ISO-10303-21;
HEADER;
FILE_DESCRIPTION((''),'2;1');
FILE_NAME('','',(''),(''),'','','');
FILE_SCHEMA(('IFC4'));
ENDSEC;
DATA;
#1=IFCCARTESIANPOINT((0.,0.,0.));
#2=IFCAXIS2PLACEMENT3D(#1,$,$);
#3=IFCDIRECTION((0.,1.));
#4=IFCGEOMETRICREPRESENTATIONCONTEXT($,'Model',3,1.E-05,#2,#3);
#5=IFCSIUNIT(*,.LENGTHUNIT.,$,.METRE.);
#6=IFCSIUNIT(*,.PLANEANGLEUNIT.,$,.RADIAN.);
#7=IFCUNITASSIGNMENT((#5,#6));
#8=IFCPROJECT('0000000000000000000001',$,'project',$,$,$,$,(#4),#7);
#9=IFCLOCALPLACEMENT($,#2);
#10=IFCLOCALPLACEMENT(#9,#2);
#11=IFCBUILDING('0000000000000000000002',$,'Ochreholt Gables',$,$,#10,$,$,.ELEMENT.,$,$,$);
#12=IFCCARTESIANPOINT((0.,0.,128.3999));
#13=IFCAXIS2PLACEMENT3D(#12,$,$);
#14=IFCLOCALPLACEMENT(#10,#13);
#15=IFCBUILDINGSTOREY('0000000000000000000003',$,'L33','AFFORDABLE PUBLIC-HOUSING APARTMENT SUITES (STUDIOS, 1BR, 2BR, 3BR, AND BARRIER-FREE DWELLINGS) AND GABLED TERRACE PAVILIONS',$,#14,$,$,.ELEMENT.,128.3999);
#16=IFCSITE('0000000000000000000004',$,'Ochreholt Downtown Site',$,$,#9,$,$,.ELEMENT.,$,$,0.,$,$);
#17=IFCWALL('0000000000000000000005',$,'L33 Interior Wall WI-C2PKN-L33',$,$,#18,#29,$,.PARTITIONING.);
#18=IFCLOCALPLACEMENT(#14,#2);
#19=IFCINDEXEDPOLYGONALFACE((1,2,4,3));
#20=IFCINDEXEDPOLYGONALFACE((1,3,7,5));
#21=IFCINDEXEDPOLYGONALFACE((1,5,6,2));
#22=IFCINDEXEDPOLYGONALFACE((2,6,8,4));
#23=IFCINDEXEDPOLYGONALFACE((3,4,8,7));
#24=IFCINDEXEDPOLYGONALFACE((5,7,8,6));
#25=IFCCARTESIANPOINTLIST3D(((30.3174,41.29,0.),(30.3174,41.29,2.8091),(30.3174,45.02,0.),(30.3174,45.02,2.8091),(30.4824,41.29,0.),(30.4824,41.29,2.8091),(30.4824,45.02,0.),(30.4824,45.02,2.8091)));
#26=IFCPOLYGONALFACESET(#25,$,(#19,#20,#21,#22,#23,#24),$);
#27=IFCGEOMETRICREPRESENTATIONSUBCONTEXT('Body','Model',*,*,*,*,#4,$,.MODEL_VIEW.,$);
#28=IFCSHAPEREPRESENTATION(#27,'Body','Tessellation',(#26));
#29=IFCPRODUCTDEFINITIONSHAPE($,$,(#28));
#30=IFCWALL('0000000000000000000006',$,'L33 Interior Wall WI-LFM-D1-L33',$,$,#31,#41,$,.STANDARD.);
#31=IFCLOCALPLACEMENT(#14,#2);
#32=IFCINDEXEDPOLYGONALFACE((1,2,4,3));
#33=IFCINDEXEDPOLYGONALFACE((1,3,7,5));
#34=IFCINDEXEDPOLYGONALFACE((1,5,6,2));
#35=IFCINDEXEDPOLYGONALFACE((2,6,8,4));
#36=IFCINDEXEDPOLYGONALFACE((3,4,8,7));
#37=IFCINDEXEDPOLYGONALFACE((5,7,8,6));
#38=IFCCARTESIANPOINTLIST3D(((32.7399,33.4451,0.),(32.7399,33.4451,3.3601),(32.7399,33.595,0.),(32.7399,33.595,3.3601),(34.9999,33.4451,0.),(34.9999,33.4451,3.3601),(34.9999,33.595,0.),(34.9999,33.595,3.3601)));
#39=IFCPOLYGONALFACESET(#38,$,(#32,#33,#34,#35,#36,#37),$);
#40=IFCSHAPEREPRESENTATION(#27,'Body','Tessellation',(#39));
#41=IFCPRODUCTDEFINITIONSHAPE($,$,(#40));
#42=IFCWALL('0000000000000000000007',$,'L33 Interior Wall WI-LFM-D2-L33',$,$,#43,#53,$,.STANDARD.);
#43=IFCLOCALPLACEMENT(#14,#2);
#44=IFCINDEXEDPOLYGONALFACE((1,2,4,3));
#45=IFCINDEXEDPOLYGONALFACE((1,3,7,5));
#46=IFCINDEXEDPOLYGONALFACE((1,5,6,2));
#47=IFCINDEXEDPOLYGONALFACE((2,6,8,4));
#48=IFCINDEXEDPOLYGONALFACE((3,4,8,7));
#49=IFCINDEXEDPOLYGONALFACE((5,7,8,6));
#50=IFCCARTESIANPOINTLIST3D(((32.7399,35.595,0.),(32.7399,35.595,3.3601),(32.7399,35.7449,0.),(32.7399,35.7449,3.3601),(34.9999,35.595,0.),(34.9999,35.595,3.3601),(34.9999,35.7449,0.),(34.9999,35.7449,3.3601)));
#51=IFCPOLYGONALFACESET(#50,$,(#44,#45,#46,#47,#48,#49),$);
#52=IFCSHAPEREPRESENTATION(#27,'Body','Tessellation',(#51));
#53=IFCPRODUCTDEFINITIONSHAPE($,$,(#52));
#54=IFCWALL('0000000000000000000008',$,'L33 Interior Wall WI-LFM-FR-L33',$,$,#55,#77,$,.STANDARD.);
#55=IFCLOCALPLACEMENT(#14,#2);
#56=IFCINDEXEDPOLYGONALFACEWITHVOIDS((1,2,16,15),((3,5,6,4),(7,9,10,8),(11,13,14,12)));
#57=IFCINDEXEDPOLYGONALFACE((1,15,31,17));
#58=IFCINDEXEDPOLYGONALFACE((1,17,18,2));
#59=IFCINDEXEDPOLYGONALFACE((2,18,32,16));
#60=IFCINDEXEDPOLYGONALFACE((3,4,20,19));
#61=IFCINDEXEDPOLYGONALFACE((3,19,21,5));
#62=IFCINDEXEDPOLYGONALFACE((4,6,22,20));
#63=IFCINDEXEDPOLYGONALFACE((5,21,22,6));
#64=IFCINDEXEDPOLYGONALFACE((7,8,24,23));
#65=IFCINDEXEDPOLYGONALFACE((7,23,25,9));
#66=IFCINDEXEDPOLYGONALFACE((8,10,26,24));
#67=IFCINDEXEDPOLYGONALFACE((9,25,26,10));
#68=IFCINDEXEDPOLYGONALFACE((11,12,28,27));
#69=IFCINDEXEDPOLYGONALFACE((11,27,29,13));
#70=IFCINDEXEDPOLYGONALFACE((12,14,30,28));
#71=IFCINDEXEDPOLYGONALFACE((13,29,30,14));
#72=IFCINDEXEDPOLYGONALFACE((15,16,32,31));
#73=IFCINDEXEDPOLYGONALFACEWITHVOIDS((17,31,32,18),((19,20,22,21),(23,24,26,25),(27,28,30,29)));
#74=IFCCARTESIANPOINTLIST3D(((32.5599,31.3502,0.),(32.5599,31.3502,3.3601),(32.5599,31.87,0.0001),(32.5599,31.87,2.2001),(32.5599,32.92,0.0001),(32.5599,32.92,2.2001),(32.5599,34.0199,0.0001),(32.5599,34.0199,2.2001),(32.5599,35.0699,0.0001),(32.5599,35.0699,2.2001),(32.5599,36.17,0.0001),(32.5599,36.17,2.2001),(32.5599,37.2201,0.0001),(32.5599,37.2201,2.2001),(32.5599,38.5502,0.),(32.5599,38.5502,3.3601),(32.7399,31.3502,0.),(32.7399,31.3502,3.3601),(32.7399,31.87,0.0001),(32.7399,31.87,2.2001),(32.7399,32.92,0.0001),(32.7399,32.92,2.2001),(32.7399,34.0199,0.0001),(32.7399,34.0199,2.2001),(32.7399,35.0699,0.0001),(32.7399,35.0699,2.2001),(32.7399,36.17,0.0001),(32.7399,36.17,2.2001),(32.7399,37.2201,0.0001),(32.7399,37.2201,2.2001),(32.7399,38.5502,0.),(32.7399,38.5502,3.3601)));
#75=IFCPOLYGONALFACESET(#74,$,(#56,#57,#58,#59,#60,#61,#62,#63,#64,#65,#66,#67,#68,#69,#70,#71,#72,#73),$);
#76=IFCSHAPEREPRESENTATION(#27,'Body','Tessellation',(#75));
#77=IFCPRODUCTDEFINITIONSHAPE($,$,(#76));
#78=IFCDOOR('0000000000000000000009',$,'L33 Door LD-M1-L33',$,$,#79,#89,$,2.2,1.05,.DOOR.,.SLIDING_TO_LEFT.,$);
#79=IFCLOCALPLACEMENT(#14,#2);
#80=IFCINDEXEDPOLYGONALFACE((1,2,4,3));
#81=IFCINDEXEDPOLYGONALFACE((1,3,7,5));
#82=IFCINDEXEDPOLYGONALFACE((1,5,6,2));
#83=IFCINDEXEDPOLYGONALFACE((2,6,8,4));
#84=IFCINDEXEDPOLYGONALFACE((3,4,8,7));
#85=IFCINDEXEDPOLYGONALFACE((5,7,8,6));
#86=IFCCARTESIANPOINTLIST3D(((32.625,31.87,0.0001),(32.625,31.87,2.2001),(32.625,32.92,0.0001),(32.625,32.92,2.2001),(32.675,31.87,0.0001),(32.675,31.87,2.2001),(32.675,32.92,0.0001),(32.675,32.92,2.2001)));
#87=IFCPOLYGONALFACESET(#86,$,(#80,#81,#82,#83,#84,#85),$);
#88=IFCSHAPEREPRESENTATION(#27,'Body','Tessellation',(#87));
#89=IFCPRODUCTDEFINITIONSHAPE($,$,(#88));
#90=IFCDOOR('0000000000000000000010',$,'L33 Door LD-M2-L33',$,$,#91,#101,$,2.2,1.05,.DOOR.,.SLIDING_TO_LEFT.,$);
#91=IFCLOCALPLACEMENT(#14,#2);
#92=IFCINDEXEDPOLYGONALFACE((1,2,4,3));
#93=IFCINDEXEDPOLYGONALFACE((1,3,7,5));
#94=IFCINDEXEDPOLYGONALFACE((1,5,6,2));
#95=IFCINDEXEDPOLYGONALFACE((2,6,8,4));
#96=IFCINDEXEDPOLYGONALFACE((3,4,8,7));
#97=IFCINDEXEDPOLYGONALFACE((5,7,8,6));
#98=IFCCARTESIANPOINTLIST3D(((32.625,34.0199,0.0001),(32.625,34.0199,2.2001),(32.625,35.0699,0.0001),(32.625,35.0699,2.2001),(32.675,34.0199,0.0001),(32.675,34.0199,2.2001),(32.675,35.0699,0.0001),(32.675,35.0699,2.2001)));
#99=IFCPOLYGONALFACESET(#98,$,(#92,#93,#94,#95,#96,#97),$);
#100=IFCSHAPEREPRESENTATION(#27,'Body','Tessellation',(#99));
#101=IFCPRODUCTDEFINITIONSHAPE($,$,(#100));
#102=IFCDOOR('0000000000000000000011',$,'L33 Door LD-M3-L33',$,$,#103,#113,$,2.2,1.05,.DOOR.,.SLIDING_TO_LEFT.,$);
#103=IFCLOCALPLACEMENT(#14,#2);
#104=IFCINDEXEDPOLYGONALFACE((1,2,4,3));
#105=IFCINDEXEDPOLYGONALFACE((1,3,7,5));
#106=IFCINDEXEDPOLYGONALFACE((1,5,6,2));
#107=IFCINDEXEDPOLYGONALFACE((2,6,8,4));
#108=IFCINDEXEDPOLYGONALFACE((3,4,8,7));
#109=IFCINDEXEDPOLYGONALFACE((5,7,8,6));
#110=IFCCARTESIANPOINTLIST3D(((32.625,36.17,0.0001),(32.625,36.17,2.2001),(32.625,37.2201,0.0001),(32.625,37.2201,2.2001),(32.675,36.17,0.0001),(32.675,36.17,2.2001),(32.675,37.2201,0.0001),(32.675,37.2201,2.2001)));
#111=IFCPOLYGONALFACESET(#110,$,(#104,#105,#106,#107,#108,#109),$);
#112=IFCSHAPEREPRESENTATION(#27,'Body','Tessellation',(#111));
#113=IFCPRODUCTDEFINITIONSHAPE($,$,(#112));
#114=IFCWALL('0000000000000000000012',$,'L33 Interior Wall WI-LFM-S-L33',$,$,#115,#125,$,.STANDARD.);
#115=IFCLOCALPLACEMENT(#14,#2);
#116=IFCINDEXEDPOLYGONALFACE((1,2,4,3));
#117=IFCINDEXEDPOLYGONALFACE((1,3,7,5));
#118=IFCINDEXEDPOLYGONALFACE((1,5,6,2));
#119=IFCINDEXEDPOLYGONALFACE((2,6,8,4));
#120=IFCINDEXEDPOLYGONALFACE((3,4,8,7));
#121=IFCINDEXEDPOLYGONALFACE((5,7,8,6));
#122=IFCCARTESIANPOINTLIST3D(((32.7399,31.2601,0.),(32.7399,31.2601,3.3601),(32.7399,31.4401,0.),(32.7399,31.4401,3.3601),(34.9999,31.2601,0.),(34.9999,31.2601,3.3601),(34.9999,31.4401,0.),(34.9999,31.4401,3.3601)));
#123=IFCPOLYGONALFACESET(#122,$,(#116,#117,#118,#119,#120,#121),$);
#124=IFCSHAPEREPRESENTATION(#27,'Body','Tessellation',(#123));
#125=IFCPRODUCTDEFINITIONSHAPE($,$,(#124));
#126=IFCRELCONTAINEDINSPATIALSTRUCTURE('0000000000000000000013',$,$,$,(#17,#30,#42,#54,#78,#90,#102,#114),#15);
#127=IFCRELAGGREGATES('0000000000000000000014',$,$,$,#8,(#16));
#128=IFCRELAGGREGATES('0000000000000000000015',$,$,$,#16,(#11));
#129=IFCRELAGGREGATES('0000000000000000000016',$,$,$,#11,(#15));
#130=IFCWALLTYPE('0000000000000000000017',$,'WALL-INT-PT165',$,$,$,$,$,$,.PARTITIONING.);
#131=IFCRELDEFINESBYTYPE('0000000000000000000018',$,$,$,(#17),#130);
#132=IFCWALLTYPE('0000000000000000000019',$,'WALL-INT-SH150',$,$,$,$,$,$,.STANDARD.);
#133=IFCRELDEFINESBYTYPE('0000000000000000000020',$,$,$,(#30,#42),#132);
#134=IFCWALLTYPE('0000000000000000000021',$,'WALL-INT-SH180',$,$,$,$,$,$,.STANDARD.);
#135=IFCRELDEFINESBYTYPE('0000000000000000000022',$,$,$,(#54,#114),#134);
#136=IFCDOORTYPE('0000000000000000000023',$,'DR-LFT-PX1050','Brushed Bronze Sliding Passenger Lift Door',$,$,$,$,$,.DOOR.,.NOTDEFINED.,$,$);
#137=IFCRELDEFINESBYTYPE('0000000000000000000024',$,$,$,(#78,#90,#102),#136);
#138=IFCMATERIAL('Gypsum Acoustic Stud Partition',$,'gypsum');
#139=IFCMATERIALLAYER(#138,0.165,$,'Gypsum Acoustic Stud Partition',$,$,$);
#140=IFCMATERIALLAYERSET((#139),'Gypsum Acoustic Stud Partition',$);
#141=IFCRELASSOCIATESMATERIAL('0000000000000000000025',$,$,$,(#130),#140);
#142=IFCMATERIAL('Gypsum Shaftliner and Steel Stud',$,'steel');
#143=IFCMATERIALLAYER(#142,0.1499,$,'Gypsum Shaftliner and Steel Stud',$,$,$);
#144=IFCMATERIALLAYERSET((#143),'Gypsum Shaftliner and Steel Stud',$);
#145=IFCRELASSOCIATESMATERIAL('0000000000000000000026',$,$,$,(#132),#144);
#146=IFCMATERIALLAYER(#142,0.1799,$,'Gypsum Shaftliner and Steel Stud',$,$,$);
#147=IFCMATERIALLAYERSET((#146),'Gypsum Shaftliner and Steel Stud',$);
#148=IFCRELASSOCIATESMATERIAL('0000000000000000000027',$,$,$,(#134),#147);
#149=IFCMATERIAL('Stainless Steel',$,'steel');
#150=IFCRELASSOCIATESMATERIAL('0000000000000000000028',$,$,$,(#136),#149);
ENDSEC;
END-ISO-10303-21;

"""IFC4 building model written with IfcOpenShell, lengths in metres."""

from ifc_helpers import new_model, si_unit, direction, frame, frame_2d, origin, place, context, subcontext, project, spatial, rectangle, extrude, material, layer, layer_set, type_object, element, fill, save


model = new_model("IFC4")

# Units and contexts
model_context = context("Model", 3, precision=1e-05, world=origin(), true_north=direction((0.0, 1.0)))
body_context = subcontext(model_context, "Body", "Model", "MODEL_VIEW")
ifc_project = project(units=[si_unit("LENGTHUNIT", "METRE"), si_unit("PLANEANGLEUNIT", "RADIAN")], contexts=[model_context])

# Site, building, storey
site_placement = place(None, origin())
site = spatial("IfcSite", under=ifc_project, at=site_placement, Name="Ochreholt Downtown Site", CompositionType="ELEMENT", RefElevation=0.0)
building_placement = place(site_placement, origin())
building = spatial("IfcBuilding", under=site, at=building_placement, Name="Ochreholt Gables", CompositionType="ELEMENT")
storey_placement = place(building_placement, frame((0.0, 0.0, 128.3999)))
storey = spatial("IfcBuildingStorey", under=building, at=storey_placement, Name="L33", Description="AFFORDABLE PUBLIC-HOUSING APARTMENT SUITES (STUDIOS, 1BR, 2BR, 3BR, AND BARRIER-FREE DWELLINGS) AND GABLED TERRACE PAVILIONS", CompositionType="ELEMENT", Elevation=128.3999)

# Shared definitions
ifc_material_1 = material(Name="Gypsum Acoustic Stud Partition", Category="gypsum")
ifc_layer_1 = layer(ifc_material_1, 0.165, Name="Gypsum Acoustic Stud Partition")
ifc_layer_set_1 = layer_set([ifc_layer_1], Name="Gypsum Acoustic Stud Partition")
wall_type_1 = type_object("IfcWallType", Name="WALL-INT-PT165", PredefinedType="PARTITIONING", material=ifc_layer_set_1)

# Walls
wall_1_placement = place(storey_placement, frame((30.3999, 41.29, 0.0), z_axis=(0.0, 0.0, 1.0), x_axis=(0.0, 1.0, 0.0)))
element("IfcWall", 1, at=wall_1_placement, inside=storey, type_object=wall_type_1, Name="L33 Interior Wall WI-C2PKN-L33", PredefinedType="PARTITIONING", context=body_context, shape_type="SweptSolid", body=[
    extrude(rectangle(XDim=3.73, YDim=0.165, at=frame_2d((1.865, 0.0))), origin(), (0.0, 0.0, 1.0), 2.8091),
])
ifc_material_2 = material(Name="Gypsum Shaftliner and Steel Stud", Category="steel")
ifc_layer_2 = layer(ifc_material_2, 0.1499, Name="Gypsum Shaftliner and Steel Stud")
ifc_layer_set_2 = layer_set([ifc_layer_2], Name="Gypsum Shaftliner and Steel Stud")
wall_type_2 = type_object("IfcWallType", Name="WALL-INT-SH150", PredefinedType="STANDARD", material=ifc_layer_set_2)
for number, where, z_axis, x_axis, name in (
    (2, (32.74, 33.52, 0.0), (0.0, 0.0, 1.0), (1.0, 0.0, 0.0), "L33 Interior Wall WI-LFM-D1-L33"),
    (3, (32.74, 35.6699, 0.0), (0.0, 0.0, 1.0), (1.0, 0.0, 0.0), "L33 Interior Wall WI-LFM-D2-L33"),
):
    element("IfcWall", number, at=place(storey_placement, frame(where, z_axis=z_axis, x_axis=x_axis)), inside=storey, type_object=wall_type_2, Name=name, PredefinedType="STANDARD", context=body_context, shape_type="SweptSolid", body=[
        extrude(rectangle(XDim=2.26, YDim=0.1499, at=frame_2d((1.1299, 0.0))), origin(), (0.0, 0.0, 1.0), 3.3601),
    ])

# Wall, openings, doors
ifc_layer_3 = layer(ifc_material_2, 0.1799, Name="Gypsum Shaftliner and Steel Stud")
ifc_layer_set_3 = layer_set([ifc_layer_3], Name="Gypsum Shaftliner and Steel Stud")
wall_type_3 = type_object("IfcWallType", Name="WALL-INT-SH180", PredefinedType="STANDARD", material=ifc_layer_set_3)
wall_2_placement = place(storey_placement, frame((32.6499, 31.3501, 0.0), z_axis=(0.0, 0.0, 1.0), x_axis=(0.0, 1.0, 0.0)))
wall_2 = element("IfcWall", 4, at=wall_2_placement, inside=storey, type_object=wall_type_3, Name="L33 Interior Wall WI-LFM-FR-L33", PredefinedType="STANDARD", context=body_context, shape_type="SweptSolid", body=[
    extrude(rectangle(XDim=7.2, YDim=0.1799, at=frame_2d((3.6001, 0.0))), origin(), (0.0, 0.0, 1.0), 3.3601),
])
opening_1_placement = place(wall_2_placement, frame((0.52, 0.0, 0.0)))
opening_1 = element("IfcOpeningElement", 5, at=opening_1_placement, cuts=wall_2, PredefinedType="OPENING", context=body_context, shape_type="SweptSolid", body=[
    extrude(rectangle(XDim=1.05, YDim=2.2, at=frame_2d((0.5249, 1.1001))), frame((0.0, 0.0999, 0.0), z_axis=(0.0, -1.0, 0.0), x_axis=(1.0, 0.0, 0.0)), (0.0, 0.0, 1.0), 0.2),
])
opening_2_placement = place(wall_2_placement, frame((2.6699, 0.0, 0.0)))
opening_2 = element("IfcOpeningElement", 6, at=opening_2_placement, cuts=wall_2, PredefinedType="OPENING", context=body_context, shape_type="SweptSolid", body=[
    extrude(rectangle(XDim=1.05, YDim=2.2, at=frame_2d((0.5249, 1.1001))), frame((0.0, 0.0999, 0.0), z_axis=(0.0, -1.0, 0.0), x_axis=(1.0, 0.0, 0.0)), (0.0, 0.0, 1.0), 0.2),
])
opening_3_placement = place(wall_2_placement, frame((4.8201, 0.0, 0.0)))
opening_3 = element("IfcOpeningElement", 7, at=opening_3_placement, cuts=wall_2, PredefinedType="OPENING", context=body_context, shape_type="SweptSolid", body=[
    extrude(rectangle(XDim=1.05, YDim=2.2, at=frame_2d((0.5249, 1.1001))), frame((0.0, 0.0999, 0.0), z_axis=(0.0, -1.0, 0.0), x_axis=(1.0, 0.0, 0.0)), (0.0, 0.0, 1.0), 0.2),
])
ifc_material_3 = material(Name="Stainless Steel", Category="steel")
door_type_1 = type_object("IfcDoorType", Name="DR-LFT-PX1050", Description="Brushed Bronze Sliding Passenger Lift Door", OperationType="NOTDEFINED", PredefinedType="DOOR", material=ifc_material_3)
door_1_placement = place(opening_1_placement, origin())
door_1 = element("IfcDoor", 8, at=door_1_placement, inside=storey, type_object=door_type_1, Name="L33 Door LD-M1-L33", OperationType="SLIDING_TO_LEFT", OverallHeight=2.2, OverallWidth=1.05, PredefinedType="DOOR", context=body_context, shape_type="SweptSolid", body=[
    extrude(rectangle(XDim=1.05, YDim=2.2, at=frame_2d((0.5249, 1.1001))), frame((0.0, 0.0249, 0.0), z_axis=(0.0, -1.0, 0.0), x_axis=(1.0, 0.0, 0.0)), (0.0, 0.0, 1.0), 0.05),
])
fill(opening_1, door_1)
door_2_placement = place(opening_2_placement, origin())
door_2 = element("IfcDoor", 9, at=door_2_placement, inside=storey, type_object=door_type_1, Name="L33 Door LD-M2-L33", OperationType="SLIDING_TO_LEFT", OverallHeight=2.2, OverallWidth=1.05, PredefinedType="DOOR", context=body_context, shape_type="SweptSolid", body=[
    extrude(rectangle(XDim=1.05, YDim=2.2, at=frame_2d((0.5249, 1.1001))), frame((0.0, 0.0249, 0.0), z_axis=(0.0, -1.0, 0.0), x_axis=(1.0, 0.0, 0.0)), (0.0, 0.0, 1.0), 0.05),
])
fill(opening_2, door_2)
door_3_placement = place(opening_3_placement, origin())
door_3 = element("IfcDoor", 10, at=door_3_placement, inside=storey, type_object=door_type_1, Name="L33 Door LD-M3-L33", OperationType="SLIDING_TO_LEFT", OverallHeight=2.2, OverallWidth=1.05, PredefinedType="DOOR", context=body_context, shape_type="SweptSolid", body=[
    extrude(rectangle(XDim=1.05, YDim=2.2, at=frame_2d((0.5249, 1.1001))), frame((0.0, 0.0249, 0.0), z_axis=(0.0, -1.0, 0.0), x_axis=(1.0, 0.0, 0.0)), (0.0, 0.0, 1.0), 0.05),
])
fill(opening_3, door_3)

# Wall
wall_3_placement = place(storey_placement, frame((32.74, 31.3501, 0.0), z_axis=(0.0, 0.0, 1.0), x_axis=(1.0, 0.0, 0.0)))
element("IfcWall", 11, at=wall_3_placement, inside=storey, type_object=wall_type_3, Name="L33 Interior Wall WI-LFM-S-L33", PredefinedType="STANDARD", context=body_context, shape_type="SweptSolid", body=[
    extrude(rectangle(XDim=2.26, YDim=0.1799, at=frame_2d((1.1299, 0.0))), origin(), (0.0, 0.0, 1.0), 3.3601),
])

save(model, "model.ifc")
